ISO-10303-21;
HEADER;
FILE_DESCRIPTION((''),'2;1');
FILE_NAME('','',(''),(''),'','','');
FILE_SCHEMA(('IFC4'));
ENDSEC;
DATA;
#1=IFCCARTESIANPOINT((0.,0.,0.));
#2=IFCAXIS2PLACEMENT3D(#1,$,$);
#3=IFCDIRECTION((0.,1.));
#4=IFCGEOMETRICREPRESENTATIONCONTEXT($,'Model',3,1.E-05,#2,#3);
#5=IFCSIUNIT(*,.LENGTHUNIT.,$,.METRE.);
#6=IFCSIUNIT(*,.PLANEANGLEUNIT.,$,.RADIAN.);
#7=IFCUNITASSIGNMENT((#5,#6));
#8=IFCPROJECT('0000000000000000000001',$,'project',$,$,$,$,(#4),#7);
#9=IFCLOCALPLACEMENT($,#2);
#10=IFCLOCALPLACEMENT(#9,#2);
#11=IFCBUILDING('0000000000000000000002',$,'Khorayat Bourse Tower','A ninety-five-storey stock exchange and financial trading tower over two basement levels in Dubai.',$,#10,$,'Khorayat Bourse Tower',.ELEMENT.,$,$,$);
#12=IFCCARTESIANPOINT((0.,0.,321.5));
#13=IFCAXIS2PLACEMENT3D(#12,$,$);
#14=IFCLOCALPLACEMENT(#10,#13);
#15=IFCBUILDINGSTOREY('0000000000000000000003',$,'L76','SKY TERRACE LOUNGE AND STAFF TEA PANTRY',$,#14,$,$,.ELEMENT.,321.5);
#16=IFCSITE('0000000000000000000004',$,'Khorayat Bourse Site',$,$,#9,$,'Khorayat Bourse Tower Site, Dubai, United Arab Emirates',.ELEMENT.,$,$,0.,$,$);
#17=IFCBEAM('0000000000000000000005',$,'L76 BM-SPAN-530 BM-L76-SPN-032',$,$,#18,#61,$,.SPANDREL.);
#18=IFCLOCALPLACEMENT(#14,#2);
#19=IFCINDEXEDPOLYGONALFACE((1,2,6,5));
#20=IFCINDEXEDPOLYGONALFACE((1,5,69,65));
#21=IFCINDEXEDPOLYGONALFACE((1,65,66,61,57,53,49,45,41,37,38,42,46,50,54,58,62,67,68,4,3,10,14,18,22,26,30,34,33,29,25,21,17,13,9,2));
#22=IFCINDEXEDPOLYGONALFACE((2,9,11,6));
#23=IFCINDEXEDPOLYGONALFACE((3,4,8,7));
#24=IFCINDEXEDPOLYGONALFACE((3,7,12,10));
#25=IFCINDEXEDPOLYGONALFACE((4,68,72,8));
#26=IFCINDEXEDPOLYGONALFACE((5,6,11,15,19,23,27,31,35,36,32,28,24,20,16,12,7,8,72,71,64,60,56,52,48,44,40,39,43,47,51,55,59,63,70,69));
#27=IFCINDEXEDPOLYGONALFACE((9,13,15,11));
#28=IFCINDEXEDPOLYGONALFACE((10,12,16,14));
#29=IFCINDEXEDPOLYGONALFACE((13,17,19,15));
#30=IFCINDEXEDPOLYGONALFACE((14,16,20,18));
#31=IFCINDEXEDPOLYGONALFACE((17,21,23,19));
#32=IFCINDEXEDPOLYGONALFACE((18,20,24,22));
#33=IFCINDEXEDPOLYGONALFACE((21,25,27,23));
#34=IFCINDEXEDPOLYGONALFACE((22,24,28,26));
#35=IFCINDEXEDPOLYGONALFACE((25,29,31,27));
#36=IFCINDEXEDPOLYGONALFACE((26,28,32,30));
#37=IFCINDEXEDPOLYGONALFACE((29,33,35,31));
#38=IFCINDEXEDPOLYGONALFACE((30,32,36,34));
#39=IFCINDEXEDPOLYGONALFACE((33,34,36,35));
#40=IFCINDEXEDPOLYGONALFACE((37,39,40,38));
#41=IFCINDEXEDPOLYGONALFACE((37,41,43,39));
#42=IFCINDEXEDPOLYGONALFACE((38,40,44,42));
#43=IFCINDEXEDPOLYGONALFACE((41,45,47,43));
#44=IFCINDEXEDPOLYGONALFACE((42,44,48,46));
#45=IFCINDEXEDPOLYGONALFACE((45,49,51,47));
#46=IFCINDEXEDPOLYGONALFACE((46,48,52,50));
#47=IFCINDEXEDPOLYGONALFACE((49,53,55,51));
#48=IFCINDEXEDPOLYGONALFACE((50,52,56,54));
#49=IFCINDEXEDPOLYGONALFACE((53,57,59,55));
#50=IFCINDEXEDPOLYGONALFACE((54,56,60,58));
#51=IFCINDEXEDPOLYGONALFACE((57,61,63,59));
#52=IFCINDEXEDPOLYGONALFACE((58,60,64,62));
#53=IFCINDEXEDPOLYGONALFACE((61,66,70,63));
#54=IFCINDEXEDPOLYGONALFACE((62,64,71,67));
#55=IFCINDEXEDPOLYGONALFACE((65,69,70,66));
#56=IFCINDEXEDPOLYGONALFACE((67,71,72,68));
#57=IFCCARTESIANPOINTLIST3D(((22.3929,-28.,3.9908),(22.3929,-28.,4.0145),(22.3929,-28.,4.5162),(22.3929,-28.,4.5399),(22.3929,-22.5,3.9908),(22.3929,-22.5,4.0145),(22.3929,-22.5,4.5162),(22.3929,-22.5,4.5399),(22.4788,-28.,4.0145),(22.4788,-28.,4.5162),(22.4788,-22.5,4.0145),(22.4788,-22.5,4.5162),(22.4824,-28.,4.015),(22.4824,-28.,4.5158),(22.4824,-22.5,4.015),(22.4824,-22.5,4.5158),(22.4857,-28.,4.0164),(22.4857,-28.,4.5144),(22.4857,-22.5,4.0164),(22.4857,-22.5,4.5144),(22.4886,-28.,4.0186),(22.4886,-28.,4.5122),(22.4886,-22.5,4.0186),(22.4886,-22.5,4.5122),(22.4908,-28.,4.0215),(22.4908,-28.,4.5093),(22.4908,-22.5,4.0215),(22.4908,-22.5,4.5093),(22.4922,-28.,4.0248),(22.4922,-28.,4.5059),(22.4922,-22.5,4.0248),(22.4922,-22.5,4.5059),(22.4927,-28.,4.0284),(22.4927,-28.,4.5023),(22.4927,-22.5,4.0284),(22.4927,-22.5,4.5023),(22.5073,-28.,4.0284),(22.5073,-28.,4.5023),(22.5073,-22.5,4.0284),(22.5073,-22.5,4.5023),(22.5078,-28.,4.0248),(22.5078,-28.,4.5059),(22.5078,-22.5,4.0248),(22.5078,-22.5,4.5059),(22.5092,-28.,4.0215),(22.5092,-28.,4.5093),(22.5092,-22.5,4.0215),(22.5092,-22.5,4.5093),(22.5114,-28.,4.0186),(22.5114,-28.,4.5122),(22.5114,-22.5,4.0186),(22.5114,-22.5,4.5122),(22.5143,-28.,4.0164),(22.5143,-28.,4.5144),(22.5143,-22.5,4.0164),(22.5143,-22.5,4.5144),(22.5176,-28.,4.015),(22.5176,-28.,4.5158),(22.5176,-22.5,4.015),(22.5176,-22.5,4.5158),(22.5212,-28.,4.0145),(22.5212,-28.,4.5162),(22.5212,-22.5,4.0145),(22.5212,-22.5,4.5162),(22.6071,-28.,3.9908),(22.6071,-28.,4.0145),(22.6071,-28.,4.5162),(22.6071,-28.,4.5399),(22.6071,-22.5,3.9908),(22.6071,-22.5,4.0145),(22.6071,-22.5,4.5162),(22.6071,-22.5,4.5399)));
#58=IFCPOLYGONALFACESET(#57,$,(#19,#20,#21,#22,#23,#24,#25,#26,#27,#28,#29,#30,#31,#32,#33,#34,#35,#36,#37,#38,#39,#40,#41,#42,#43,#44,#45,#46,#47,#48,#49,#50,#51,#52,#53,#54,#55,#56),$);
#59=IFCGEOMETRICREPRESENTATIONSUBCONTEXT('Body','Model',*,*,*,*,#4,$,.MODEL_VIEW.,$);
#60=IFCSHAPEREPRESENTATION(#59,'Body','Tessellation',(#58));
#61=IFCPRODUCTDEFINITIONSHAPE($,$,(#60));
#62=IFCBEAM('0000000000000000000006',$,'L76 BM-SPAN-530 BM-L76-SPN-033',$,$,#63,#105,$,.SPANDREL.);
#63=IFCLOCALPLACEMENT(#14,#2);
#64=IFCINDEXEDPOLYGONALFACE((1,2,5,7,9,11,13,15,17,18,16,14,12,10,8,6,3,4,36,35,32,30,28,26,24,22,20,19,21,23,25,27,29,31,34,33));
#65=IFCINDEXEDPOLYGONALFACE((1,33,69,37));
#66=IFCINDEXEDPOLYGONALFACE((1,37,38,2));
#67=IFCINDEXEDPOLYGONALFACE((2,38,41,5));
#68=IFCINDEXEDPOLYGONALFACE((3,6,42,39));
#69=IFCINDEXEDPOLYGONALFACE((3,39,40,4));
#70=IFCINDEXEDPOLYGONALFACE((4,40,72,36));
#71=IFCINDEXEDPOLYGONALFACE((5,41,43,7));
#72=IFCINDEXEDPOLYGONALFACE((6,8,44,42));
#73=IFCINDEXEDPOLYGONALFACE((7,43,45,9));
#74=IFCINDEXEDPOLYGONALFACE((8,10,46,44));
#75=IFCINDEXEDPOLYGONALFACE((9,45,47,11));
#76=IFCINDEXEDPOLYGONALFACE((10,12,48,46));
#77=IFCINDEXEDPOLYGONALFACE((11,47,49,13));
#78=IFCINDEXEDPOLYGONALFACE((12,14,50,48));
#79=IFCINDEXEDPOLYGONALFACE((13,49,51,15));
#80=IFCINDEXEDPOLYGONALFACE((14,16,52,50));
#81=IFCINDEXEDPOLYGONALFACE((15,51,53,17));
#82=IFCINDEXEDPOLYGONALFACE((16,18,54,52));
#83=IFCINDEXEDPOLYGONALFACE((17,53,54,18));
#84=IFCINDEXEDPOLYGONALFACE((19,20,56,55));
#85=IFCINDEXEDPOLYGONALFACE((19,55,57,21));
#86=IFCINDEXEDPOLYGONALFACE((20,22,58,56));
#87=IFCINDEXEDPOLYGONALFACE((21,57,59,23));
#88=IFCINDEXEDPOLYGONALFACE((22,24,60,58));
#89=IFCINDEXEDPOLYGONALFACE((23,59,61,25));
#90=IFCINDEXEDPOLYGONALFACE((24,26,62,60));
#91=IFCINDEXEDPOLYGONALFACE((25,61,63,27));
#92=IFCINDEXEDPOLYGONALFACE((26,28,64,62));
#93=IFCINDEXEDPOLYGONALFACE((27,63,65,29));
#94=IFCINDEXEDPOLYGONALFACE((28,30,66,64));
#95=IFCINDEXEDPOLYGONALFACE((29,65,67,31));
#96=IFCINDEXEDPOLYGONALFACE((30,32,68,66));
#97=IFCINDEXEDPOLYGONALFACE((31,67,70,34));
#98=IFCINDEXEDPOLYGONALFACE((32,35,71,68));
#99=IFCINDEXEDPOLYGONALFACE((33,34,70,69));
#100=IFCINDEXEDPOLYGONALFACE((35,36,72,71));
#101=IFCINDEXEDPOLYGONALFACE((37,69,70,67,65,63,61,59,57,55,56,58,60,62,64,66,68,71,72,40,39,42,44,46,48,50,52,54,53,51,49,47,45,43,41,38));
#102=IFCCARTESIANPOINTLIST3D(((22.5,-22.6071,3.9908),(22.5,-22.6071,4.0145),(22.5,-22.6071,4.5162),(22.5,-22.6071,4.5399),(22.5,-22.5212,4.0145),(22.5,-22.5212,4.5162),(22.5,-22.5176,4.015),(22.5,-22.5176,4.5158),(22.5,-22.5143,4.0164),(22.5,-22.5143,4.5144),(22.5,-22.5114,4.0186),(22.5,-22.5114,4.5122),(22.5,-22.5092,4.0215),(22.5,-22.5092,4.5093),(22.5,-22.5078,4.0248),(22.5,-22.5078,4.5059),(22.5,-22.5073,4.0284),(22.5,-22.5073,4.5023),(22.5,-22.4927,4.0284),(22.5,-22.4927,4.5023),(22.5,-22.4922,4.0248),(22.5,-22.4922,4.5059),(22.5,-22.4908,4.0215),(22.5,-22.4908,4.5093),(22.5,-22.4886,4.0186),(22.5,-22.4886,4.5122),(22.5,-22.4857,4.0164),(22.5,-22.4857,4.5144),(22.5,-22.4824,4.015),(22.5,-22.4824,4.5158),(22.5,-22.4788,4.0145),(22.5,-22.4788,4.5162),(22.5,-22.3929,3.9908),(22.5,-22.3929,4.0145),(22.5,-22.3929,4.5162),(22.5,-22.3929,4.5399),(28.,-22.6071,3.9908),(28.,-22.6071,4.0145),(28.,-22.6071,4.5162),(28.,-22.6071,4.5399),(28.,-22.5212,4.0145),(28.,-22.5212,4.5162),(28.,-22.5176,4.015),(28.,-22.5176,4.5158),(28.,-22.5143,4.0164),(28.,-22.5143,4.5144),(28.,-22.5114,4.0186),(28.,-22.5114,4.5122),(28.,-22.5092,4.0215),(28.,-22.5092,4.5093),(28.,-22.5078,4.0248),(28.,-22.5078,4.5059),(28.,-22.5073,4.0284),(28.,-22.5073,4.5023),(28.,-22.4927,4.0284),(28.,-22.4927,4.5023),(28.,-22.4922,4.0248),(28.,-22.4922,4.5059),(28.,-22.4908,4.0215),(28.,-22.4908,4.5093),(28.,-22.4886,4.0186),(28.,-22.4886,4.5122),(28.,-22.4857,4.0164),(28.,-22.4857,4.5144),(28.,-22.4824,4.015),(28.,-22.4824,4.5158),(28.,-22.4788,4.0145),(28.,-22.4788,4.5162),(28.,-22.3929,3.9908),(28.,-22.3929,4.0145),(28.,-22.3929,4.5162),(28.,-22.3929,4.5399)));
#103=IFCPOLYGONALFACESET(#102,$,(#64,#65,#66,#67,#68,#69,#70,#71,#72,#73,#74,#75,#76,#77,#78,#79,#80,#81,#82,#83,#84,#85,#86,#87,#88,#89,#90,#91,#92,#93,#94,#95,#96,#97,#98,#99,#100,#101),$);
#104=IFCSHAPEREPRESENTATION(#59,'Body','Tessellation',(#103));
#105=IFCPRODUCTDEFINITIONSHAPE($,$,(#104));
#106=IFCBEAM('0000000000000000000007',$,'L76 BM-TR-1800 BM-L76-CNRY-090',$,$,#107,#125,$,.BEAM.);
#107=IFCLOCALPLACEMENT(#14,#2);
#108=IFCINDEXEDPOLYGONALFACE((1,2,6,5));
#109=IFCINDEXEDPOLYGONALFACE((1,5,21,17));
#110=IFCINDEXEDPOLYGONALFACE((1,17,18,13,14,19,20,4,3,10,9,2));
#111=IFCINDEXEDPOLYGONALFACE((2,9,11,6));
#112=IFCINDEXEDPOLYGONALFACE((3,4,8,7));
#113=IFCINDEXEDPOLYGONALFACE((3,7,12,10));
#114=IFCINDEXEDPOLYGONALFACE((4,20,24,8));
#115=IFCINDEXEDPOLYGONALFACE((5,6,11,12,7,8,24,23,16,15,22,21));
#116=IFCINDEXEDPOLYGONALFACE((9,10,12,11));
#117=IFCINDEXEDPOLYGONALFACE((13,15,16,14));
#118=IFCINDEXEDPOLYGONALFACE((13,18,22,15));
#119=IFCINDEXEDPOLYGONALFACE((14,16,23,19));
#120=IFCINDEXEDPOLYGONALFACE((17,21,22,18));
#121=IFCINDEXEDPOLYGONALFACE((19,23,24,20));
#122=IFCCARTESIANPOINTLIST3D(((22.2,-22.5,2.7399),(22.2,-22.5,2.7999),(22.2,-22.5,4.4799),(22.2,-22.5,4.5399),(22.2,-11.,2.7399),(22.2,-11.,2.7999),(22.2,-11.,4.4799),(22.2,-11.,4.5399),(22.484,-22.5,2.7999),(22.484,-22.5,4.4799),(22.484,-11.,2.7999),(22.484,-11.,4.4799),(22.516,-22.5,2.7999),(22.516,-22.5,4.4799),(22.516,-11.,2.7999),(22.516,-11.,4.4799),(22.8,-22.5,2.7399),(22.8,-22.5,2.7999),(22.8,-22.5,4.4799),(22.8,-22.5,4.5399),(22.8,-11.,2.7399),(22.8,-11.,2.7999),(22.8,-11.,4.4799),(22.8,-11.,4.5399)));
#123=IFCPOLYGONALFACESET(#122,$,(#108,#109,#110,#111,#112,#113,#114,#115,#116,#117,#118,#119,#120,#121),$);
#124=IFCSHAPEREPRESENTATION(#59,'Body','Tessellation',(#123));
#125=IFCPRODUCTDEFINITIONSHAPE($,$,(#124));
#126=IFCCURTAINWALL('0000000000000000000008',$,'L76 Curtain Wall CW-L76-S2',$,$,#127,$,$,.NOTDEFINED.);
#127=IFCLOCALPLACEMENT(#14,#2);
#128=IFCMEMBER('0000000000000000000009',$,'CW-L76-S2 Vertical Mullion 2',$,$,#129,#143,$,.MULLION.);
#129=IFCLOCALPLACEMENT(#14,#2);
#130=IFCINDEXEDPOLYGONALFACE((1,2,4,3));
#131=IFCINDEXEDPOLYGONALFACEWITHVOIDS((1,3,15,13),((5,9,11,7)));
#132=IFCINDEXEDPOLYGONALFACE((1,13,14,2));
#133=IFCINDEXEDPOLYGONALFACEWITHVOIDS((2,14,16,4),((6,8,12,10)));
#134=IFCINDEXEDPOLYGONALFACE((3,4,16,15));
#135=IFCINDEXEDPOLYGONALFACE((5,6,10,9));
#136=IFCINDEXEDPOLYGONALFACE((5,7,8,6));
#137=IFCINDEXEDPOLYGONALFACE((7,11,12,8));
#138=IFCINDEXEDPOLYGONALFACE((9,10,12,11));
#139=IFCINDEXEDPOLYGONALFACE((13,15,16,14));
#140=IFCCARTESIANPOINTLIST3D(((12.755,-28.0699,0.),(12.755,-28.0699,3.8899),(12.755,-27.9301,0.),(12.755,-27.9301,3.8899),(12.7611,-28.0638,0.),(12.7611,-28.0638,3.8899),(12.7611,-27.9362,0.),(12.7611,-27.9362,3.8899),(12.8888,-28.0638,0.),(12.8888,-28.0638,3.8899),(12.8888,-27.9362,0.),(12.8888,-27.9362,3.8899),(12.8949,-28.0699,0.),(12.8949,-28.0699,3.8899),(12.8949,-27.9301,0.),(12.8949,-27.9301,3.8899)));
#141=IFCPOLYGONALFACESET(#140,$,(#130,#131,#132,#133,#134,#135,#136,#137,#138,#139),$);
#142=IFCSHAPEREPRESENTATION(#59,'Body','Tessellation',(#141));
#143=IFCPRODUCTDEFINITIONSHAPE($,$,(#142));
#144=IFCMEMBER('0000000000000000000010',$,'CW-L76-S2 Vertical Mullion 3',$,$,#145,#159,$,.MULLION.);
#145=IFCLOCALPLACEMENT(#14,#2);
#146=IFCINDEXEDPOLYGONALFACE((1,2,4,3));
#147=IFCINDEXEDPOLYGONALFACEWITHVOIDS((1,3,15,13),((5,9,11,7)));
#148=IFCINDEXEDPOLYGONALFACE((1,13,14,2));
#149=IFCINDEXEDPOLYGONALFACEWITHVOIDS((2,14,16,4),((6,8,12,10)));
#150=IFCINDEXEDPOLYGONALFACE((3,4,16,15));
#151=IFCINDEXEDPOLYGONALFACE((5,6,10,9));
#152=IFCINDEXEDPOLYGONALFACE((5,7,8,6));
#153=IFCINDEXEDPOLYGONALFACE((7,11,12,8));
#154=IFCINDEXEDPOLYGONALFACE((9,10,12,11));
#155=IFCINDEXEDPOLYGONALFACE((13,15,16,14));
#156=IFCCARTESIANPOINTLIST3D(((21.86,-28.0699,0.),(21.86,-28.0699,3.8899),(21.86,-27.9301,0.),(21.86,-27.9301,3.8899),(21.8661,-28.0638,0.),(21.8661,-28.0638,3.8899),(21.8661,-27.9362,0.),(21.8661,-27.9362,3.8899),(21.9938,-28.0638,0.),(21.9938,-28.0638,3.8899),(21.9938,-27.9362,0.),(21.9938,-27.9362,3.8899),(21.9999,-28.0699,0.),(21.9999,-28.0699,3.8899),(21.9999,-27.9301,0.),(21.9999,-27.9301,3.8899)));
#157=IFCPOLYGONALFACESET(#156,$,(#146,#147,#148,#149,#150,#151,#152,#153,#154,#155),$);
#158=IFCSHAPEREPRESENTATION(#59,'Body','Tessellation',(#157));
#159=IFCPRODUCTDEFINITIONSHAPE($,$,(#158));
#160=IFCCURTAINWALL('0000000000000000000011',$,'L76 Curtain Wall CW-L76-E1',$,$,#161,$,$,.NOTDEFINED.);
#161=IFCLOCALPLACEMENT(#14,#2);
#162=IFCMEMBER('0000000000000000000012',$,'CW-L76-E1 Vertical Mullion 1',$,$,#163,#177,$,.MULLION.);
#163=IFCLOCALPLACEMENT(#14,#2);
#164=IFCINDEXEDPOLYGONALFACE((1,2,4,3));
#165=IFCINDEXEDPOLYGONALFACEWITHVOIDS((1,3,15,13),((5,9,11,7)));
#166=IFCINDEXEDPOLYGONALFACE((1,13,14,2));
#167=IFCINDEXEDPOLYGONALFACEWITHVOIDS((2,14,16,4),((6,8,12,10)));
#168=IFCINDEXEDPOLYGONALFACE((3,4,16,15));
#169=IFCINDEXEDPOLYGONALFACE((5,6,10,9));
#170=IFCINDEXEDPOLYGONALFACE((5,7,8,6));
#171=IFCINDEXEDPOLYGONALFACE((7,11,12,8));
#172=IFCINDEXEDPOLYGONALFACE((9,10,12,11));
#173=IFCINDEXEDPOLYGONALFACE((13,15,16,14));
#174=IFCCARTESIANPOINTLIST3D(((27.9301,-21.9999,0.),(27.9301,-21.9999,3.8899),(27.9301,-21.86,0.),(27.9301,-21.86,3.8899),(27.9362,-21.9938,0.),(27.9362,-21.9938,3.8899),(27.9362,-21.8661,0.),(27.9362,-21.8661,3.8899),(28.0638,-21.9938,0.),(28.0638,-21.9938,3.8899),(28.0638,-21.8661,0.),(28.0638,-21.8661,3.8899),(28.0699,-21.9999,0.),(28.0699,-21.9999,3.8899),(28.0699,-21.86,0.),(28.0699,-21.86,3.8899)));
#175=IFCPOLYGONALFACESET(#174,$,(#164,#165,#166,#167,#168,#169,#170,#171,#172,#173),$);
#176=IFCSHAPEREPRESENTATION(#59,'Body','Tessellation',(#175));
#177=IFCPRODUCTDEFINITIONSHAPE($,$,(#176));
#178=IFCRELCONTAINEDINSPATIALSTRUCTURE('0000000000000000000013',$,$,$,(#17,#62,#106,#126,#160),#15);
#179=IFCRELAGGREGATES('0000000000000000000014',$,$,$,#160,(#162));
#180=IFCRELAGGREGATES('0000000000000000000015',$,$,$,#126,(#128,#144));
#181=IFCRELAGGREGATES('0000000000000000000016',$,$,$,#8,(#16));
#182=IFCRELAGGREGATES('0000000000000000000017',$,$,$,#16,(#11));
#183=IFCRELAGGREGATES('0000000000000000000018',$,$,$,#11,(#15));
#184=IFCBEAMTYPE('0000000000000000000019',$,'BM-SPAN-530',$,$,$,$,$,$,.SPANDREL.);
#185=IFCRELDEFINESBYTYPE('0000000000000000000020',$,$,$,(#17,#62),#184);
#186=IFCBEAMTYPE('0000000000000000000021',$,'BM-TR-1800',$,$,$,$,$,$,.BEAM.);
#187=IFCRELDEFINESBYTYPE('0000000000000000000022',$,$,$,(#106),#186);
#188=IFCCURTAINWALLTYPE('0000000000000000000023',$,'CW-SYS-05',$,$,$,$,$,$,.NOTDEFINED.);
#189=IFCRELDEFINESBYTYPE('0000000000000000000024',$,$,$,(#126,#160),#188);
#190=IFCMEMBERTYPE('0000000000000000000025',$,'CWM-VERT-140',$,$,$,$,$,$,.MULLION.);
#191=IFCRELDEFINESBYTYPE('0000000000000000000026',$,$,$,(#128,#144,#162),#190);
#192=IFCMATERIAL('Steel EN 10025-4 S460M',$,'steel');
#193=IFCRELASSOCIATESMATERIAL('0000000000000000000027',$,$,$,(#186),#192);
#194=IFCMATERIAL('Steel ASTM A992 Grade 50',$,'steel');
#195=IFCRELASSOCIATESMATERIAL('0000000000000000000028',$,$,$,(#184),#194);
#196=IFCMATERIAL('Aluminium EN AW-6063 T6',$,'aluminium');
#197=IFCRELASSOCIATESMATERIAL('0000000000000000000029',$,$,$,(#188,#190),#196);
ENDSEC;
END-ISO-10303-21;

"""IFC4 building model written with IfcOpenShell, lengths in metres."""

from ifc_helpers import new_model, si_unit, direction, frame, origin, origin_2d, place, context, subcontext, project, spatial, hollow_rectangle, i_section, extrude, source, transform, mapped, material, material_profile, profile_set, type_object, element, aggregate, save


model = new_model("IFC4")

# Units and contexts
model_context = context("Model", 3, precision=1e-05, world=origin(), true_north=direction((0.0, 1.0)))
body_context = subcontext(model_context, "Body", "Model", "MODEL_VIEW")
ifc_project = project(units=[si_unit("LENGTHUNIT", "METRE"), si_unit("PLANEANGLEUNIT", "RADIAN")], contexts=[model_context])

# Site, building, storey
site_placement = place(None, origin())
site = spatial("IfcSite", under=ifc_project, at=site_placement, Name="Khorayat Bourse Site", LongName="Khorayat Bourse Tower Site, Dubai, United Arab Emirates", CompositionType="ELEMENT", RefElevation=0.0)
building_placement = place(site_placement, origin())
building = spatial("IfcBuilding", under=site, at=building_placement, Name="Khorayat Bourse Tower", Description="A ninety-five-storey stock exchange and financial trading tower over two basement levels in Dubai.", LongName="Khorayat Bourse Tower", CompositionType="ELEMENT")
storey_placement = place(building_placement, frame((0.0, 0.0, 321.5)))
storey = spatial("IfcBuildingStorey", under=building, at=storey_placement, Name="L76", Description="SKY TERRACE LOUNGE AND STAFF TEA PANTRY", CompositionType="ELEMENT", Elevation=321.5)

# Shared definitions
ifc_material_1 = material(Name="Steel EN 10025-4 S460M", Category="steel")

# Beams
ifc_material_profile_1 = material_profile(ifc_material_1, i_section(OverallWidth=0.6001, OverallDepth=1.8, WebThickness=0.032, FlangeThickness=0.0601, at=origin_2d()), Name="PG 1800x600x32x60")
ifc_profile_set_1 = profile_set([ifc_material_profile_1], Name="Steel EN 10025-4 S460M")
beam_type_1 = type_object("IfcBeamType", Name="BM-TR-1800", PredefinedType="BEAM", material=ifc_profile_set_1)
ifc_material_2 = material(Name="Steel ASTM A992 Grade 50", Category="steel")
ifc_material_profile_2 = material_profile(ifc_material_2, i_section(OverallWidth=0.2141, OverallDepth=0.5491, WebThickness=0.0146, FlangeThickness=0.0237, FilletRadius=0.0139, at=origin_2d()), Name="W530X138")
ifc_profile_set_2 = profile_set([ifc_material_profile_2], Name="Steel ASTM A992 Grade 50")
beam_type_2 = type_object("IfcBeamType", Name="BM-SPAN-530", PredefinedType="SPANDREL", material=ifc_profile_set_2)
shared_shape_1 = source(origin(), body_context, "Body", "SweptSolid", [
    extrude(i_section(OverallWidth=0.2141, OverallDepth=0.5491, WebThickness=0.0146, FlangeThickness=0.0237, FilletRadius=0.0139, at=origin_2d()), origin(), (0.0, 0.0, 1.0), 5.5),
])
for number, where, z_axis, x_axis, name in (
    (1, (22.5, -28.0, 4.2654), (0.0, 1.0, 0.0), (-1.0, 0.0, 0.0), "L76 BM-SPAN-530 BM-L76-SPN-032"),
    (2, (22.5, -22.5, 4.2654), (1.0, 0.0, 0.0), (0.0, 1.0, 0.0), "L76 BM-SPAN-530 BM-L76-SPN-033"),
):
    element("IfcBeam", number, at=place(storey_placement, frame(where, z_axis=z_axis, x_axis=x_axis)), inside=storey, type_object=beam_type_2, Name=name, PredefinedType="SPANDREL", context=body_context, shape_type="MappedRepresentation", body=[
        mapped(shared_shape_1, transform((0.0, 0.0, 0.0), scale=1.0)),
    ])
shared_shape_2 = source(origin(), body_context, "Body", "SweptSolid", [
    extrude(i_section(OverallWidth=0.6001, OverallDepth=1.8, WebThickness=0.032, FlangeThickness=0.0601, at=origin_2d()), origin(), (0.0, 0.0, 1.0), 11.5),
])
beam_1_placement = place(storey_placement, frame((22.5, -22.5, 3.6399), z_axis=(0.0, 1.0, 0.0), x_axis=(-1.0, 0.0, 0.0)))
element("IfcBeam", 3, at=beam_1_placement, inside=storey, type_object=beam_type_1, Name="L76 BM-TR-1800 BM-L76-CNRY-090", PredefinedType="BEAM", context=body_context, shape_type="MappedRepresentation", body=[
    mapped(shared_shape_2, transform((0.0, 0.0, 0.0), scale=1.0)),
])

# Curtain wall, members
ifc_material_3 = material(Name="Aluminium EN AW-6063 T6", Category="aluminium")
curtain_wall_type = type_object("IfcCurtainWallType", Name="CW-SYS-05", PredefinedType="NOTDEFINED", material=ifc_material_3)
curtain_wall_1_placement = place(storey_placement, origin())
curtain_wall_1 = element("IfcCurtainWall", 4, at=curtain_wall_1_placement, inside=storey, type_object=curtain_wall_type, Name="L76 Curtain Wall CW-L76-S2", PredefinedType="NOTDEFINED")
ifc_material_profile_3 = material_profile(ifc_material_3, hollow_rectangle(XDim=0.1399, YDim=0.1399, WallThickness=0.0061, at=origin_2d()), Name="ALU 140x140x6")
ifc_profile_set_3 = profile_set([ifc_material_profile_3], Name="Aluminium EN AW-6063 T6")
member_type_1 = type_object("IfcMemberType", Name="CWM-VERT-140", PredefinedType="MULLION", material=ifc_profile_set_3)
shared_shape_3 = source(origin(), body_context, "Body", "SweptSolid", [
    extrude(hollow_rectangle(XDim=0.1399, YDim=0.1399, WallThickness=0.0061, at=origin_2d()), origin(), (0.0, 0.0, 1.0), 3.8899),
])
member_1_placement = place(storey_placement, frame((12.825, -28.0, 0.0), z_axis=(0.0, 0.0, 1.0), x_axis=(0.0, 1.0, 0.0)))
member_1 = element("IfcMember", 5, at=member_1_placement, type_object=member_type_1, Name="CW-L76-S2 Vertical Mullion 2", PredefinedType="MULLION", context=body_context, shape_type="MappedRepresentation", body=[
    mapped(shared_shape_3, transform((0.0, 0.0, 0.0), scale=1.0)),
])
member_2_placement = place(storey_placement, frame((21.9299, -28.0, 0.0), z_axis=(0.0, 0.0, 1.0), x_axis=(0.0, 1.0, 0.0)))
member_2 = element("IfcMember", 6, at=member_2_placement, type_object=member_type_1, Name="CW-L76-S2 Vertical Mullion 3", PredefinedType="MULLION", context=body_context, shape_type="MappedRepresentation", body=[
    mapped(shared_shape_3, transform((0.0, 0.0, 0.0), scale=1.0)),
])

# Curtain wall, member
curtain_wall_2_placement = place(storey_placement, origin())
curtain_wall_2 = element("IfcCurtainWall", 7, at=curtain_wall_2_placement, inside=storey, type_object=curtain_wall_type, Name="L76 Curtain Wall CW-L76-E1", PredefinedType="NOTDEFINED")
member_3_placement = place(storey_placement, frame((28.0, -21.9299, 0.0), z_axis=(0.0, 0.0, 1.0), x_axis=(-1.0, 0.0, 0.0)))
member_3 = element("IfcMember", 8, at=member_3_placement, type_object=member_type_1, Name="CW-L76-E1 Vertical Mullion 1", PredefinedType="MULLION", context=body_context, shape_type="MappedRepresentation", body=[
    mapped(shared_shape_3, transform((0.0, 0.0, 0.0), scale=1.0)),
])

aggregate(curtain_wall_2, [member_3])

aggregate(curtain_wall_1, [member_1, member_2])

save(model, "model.ifc")
